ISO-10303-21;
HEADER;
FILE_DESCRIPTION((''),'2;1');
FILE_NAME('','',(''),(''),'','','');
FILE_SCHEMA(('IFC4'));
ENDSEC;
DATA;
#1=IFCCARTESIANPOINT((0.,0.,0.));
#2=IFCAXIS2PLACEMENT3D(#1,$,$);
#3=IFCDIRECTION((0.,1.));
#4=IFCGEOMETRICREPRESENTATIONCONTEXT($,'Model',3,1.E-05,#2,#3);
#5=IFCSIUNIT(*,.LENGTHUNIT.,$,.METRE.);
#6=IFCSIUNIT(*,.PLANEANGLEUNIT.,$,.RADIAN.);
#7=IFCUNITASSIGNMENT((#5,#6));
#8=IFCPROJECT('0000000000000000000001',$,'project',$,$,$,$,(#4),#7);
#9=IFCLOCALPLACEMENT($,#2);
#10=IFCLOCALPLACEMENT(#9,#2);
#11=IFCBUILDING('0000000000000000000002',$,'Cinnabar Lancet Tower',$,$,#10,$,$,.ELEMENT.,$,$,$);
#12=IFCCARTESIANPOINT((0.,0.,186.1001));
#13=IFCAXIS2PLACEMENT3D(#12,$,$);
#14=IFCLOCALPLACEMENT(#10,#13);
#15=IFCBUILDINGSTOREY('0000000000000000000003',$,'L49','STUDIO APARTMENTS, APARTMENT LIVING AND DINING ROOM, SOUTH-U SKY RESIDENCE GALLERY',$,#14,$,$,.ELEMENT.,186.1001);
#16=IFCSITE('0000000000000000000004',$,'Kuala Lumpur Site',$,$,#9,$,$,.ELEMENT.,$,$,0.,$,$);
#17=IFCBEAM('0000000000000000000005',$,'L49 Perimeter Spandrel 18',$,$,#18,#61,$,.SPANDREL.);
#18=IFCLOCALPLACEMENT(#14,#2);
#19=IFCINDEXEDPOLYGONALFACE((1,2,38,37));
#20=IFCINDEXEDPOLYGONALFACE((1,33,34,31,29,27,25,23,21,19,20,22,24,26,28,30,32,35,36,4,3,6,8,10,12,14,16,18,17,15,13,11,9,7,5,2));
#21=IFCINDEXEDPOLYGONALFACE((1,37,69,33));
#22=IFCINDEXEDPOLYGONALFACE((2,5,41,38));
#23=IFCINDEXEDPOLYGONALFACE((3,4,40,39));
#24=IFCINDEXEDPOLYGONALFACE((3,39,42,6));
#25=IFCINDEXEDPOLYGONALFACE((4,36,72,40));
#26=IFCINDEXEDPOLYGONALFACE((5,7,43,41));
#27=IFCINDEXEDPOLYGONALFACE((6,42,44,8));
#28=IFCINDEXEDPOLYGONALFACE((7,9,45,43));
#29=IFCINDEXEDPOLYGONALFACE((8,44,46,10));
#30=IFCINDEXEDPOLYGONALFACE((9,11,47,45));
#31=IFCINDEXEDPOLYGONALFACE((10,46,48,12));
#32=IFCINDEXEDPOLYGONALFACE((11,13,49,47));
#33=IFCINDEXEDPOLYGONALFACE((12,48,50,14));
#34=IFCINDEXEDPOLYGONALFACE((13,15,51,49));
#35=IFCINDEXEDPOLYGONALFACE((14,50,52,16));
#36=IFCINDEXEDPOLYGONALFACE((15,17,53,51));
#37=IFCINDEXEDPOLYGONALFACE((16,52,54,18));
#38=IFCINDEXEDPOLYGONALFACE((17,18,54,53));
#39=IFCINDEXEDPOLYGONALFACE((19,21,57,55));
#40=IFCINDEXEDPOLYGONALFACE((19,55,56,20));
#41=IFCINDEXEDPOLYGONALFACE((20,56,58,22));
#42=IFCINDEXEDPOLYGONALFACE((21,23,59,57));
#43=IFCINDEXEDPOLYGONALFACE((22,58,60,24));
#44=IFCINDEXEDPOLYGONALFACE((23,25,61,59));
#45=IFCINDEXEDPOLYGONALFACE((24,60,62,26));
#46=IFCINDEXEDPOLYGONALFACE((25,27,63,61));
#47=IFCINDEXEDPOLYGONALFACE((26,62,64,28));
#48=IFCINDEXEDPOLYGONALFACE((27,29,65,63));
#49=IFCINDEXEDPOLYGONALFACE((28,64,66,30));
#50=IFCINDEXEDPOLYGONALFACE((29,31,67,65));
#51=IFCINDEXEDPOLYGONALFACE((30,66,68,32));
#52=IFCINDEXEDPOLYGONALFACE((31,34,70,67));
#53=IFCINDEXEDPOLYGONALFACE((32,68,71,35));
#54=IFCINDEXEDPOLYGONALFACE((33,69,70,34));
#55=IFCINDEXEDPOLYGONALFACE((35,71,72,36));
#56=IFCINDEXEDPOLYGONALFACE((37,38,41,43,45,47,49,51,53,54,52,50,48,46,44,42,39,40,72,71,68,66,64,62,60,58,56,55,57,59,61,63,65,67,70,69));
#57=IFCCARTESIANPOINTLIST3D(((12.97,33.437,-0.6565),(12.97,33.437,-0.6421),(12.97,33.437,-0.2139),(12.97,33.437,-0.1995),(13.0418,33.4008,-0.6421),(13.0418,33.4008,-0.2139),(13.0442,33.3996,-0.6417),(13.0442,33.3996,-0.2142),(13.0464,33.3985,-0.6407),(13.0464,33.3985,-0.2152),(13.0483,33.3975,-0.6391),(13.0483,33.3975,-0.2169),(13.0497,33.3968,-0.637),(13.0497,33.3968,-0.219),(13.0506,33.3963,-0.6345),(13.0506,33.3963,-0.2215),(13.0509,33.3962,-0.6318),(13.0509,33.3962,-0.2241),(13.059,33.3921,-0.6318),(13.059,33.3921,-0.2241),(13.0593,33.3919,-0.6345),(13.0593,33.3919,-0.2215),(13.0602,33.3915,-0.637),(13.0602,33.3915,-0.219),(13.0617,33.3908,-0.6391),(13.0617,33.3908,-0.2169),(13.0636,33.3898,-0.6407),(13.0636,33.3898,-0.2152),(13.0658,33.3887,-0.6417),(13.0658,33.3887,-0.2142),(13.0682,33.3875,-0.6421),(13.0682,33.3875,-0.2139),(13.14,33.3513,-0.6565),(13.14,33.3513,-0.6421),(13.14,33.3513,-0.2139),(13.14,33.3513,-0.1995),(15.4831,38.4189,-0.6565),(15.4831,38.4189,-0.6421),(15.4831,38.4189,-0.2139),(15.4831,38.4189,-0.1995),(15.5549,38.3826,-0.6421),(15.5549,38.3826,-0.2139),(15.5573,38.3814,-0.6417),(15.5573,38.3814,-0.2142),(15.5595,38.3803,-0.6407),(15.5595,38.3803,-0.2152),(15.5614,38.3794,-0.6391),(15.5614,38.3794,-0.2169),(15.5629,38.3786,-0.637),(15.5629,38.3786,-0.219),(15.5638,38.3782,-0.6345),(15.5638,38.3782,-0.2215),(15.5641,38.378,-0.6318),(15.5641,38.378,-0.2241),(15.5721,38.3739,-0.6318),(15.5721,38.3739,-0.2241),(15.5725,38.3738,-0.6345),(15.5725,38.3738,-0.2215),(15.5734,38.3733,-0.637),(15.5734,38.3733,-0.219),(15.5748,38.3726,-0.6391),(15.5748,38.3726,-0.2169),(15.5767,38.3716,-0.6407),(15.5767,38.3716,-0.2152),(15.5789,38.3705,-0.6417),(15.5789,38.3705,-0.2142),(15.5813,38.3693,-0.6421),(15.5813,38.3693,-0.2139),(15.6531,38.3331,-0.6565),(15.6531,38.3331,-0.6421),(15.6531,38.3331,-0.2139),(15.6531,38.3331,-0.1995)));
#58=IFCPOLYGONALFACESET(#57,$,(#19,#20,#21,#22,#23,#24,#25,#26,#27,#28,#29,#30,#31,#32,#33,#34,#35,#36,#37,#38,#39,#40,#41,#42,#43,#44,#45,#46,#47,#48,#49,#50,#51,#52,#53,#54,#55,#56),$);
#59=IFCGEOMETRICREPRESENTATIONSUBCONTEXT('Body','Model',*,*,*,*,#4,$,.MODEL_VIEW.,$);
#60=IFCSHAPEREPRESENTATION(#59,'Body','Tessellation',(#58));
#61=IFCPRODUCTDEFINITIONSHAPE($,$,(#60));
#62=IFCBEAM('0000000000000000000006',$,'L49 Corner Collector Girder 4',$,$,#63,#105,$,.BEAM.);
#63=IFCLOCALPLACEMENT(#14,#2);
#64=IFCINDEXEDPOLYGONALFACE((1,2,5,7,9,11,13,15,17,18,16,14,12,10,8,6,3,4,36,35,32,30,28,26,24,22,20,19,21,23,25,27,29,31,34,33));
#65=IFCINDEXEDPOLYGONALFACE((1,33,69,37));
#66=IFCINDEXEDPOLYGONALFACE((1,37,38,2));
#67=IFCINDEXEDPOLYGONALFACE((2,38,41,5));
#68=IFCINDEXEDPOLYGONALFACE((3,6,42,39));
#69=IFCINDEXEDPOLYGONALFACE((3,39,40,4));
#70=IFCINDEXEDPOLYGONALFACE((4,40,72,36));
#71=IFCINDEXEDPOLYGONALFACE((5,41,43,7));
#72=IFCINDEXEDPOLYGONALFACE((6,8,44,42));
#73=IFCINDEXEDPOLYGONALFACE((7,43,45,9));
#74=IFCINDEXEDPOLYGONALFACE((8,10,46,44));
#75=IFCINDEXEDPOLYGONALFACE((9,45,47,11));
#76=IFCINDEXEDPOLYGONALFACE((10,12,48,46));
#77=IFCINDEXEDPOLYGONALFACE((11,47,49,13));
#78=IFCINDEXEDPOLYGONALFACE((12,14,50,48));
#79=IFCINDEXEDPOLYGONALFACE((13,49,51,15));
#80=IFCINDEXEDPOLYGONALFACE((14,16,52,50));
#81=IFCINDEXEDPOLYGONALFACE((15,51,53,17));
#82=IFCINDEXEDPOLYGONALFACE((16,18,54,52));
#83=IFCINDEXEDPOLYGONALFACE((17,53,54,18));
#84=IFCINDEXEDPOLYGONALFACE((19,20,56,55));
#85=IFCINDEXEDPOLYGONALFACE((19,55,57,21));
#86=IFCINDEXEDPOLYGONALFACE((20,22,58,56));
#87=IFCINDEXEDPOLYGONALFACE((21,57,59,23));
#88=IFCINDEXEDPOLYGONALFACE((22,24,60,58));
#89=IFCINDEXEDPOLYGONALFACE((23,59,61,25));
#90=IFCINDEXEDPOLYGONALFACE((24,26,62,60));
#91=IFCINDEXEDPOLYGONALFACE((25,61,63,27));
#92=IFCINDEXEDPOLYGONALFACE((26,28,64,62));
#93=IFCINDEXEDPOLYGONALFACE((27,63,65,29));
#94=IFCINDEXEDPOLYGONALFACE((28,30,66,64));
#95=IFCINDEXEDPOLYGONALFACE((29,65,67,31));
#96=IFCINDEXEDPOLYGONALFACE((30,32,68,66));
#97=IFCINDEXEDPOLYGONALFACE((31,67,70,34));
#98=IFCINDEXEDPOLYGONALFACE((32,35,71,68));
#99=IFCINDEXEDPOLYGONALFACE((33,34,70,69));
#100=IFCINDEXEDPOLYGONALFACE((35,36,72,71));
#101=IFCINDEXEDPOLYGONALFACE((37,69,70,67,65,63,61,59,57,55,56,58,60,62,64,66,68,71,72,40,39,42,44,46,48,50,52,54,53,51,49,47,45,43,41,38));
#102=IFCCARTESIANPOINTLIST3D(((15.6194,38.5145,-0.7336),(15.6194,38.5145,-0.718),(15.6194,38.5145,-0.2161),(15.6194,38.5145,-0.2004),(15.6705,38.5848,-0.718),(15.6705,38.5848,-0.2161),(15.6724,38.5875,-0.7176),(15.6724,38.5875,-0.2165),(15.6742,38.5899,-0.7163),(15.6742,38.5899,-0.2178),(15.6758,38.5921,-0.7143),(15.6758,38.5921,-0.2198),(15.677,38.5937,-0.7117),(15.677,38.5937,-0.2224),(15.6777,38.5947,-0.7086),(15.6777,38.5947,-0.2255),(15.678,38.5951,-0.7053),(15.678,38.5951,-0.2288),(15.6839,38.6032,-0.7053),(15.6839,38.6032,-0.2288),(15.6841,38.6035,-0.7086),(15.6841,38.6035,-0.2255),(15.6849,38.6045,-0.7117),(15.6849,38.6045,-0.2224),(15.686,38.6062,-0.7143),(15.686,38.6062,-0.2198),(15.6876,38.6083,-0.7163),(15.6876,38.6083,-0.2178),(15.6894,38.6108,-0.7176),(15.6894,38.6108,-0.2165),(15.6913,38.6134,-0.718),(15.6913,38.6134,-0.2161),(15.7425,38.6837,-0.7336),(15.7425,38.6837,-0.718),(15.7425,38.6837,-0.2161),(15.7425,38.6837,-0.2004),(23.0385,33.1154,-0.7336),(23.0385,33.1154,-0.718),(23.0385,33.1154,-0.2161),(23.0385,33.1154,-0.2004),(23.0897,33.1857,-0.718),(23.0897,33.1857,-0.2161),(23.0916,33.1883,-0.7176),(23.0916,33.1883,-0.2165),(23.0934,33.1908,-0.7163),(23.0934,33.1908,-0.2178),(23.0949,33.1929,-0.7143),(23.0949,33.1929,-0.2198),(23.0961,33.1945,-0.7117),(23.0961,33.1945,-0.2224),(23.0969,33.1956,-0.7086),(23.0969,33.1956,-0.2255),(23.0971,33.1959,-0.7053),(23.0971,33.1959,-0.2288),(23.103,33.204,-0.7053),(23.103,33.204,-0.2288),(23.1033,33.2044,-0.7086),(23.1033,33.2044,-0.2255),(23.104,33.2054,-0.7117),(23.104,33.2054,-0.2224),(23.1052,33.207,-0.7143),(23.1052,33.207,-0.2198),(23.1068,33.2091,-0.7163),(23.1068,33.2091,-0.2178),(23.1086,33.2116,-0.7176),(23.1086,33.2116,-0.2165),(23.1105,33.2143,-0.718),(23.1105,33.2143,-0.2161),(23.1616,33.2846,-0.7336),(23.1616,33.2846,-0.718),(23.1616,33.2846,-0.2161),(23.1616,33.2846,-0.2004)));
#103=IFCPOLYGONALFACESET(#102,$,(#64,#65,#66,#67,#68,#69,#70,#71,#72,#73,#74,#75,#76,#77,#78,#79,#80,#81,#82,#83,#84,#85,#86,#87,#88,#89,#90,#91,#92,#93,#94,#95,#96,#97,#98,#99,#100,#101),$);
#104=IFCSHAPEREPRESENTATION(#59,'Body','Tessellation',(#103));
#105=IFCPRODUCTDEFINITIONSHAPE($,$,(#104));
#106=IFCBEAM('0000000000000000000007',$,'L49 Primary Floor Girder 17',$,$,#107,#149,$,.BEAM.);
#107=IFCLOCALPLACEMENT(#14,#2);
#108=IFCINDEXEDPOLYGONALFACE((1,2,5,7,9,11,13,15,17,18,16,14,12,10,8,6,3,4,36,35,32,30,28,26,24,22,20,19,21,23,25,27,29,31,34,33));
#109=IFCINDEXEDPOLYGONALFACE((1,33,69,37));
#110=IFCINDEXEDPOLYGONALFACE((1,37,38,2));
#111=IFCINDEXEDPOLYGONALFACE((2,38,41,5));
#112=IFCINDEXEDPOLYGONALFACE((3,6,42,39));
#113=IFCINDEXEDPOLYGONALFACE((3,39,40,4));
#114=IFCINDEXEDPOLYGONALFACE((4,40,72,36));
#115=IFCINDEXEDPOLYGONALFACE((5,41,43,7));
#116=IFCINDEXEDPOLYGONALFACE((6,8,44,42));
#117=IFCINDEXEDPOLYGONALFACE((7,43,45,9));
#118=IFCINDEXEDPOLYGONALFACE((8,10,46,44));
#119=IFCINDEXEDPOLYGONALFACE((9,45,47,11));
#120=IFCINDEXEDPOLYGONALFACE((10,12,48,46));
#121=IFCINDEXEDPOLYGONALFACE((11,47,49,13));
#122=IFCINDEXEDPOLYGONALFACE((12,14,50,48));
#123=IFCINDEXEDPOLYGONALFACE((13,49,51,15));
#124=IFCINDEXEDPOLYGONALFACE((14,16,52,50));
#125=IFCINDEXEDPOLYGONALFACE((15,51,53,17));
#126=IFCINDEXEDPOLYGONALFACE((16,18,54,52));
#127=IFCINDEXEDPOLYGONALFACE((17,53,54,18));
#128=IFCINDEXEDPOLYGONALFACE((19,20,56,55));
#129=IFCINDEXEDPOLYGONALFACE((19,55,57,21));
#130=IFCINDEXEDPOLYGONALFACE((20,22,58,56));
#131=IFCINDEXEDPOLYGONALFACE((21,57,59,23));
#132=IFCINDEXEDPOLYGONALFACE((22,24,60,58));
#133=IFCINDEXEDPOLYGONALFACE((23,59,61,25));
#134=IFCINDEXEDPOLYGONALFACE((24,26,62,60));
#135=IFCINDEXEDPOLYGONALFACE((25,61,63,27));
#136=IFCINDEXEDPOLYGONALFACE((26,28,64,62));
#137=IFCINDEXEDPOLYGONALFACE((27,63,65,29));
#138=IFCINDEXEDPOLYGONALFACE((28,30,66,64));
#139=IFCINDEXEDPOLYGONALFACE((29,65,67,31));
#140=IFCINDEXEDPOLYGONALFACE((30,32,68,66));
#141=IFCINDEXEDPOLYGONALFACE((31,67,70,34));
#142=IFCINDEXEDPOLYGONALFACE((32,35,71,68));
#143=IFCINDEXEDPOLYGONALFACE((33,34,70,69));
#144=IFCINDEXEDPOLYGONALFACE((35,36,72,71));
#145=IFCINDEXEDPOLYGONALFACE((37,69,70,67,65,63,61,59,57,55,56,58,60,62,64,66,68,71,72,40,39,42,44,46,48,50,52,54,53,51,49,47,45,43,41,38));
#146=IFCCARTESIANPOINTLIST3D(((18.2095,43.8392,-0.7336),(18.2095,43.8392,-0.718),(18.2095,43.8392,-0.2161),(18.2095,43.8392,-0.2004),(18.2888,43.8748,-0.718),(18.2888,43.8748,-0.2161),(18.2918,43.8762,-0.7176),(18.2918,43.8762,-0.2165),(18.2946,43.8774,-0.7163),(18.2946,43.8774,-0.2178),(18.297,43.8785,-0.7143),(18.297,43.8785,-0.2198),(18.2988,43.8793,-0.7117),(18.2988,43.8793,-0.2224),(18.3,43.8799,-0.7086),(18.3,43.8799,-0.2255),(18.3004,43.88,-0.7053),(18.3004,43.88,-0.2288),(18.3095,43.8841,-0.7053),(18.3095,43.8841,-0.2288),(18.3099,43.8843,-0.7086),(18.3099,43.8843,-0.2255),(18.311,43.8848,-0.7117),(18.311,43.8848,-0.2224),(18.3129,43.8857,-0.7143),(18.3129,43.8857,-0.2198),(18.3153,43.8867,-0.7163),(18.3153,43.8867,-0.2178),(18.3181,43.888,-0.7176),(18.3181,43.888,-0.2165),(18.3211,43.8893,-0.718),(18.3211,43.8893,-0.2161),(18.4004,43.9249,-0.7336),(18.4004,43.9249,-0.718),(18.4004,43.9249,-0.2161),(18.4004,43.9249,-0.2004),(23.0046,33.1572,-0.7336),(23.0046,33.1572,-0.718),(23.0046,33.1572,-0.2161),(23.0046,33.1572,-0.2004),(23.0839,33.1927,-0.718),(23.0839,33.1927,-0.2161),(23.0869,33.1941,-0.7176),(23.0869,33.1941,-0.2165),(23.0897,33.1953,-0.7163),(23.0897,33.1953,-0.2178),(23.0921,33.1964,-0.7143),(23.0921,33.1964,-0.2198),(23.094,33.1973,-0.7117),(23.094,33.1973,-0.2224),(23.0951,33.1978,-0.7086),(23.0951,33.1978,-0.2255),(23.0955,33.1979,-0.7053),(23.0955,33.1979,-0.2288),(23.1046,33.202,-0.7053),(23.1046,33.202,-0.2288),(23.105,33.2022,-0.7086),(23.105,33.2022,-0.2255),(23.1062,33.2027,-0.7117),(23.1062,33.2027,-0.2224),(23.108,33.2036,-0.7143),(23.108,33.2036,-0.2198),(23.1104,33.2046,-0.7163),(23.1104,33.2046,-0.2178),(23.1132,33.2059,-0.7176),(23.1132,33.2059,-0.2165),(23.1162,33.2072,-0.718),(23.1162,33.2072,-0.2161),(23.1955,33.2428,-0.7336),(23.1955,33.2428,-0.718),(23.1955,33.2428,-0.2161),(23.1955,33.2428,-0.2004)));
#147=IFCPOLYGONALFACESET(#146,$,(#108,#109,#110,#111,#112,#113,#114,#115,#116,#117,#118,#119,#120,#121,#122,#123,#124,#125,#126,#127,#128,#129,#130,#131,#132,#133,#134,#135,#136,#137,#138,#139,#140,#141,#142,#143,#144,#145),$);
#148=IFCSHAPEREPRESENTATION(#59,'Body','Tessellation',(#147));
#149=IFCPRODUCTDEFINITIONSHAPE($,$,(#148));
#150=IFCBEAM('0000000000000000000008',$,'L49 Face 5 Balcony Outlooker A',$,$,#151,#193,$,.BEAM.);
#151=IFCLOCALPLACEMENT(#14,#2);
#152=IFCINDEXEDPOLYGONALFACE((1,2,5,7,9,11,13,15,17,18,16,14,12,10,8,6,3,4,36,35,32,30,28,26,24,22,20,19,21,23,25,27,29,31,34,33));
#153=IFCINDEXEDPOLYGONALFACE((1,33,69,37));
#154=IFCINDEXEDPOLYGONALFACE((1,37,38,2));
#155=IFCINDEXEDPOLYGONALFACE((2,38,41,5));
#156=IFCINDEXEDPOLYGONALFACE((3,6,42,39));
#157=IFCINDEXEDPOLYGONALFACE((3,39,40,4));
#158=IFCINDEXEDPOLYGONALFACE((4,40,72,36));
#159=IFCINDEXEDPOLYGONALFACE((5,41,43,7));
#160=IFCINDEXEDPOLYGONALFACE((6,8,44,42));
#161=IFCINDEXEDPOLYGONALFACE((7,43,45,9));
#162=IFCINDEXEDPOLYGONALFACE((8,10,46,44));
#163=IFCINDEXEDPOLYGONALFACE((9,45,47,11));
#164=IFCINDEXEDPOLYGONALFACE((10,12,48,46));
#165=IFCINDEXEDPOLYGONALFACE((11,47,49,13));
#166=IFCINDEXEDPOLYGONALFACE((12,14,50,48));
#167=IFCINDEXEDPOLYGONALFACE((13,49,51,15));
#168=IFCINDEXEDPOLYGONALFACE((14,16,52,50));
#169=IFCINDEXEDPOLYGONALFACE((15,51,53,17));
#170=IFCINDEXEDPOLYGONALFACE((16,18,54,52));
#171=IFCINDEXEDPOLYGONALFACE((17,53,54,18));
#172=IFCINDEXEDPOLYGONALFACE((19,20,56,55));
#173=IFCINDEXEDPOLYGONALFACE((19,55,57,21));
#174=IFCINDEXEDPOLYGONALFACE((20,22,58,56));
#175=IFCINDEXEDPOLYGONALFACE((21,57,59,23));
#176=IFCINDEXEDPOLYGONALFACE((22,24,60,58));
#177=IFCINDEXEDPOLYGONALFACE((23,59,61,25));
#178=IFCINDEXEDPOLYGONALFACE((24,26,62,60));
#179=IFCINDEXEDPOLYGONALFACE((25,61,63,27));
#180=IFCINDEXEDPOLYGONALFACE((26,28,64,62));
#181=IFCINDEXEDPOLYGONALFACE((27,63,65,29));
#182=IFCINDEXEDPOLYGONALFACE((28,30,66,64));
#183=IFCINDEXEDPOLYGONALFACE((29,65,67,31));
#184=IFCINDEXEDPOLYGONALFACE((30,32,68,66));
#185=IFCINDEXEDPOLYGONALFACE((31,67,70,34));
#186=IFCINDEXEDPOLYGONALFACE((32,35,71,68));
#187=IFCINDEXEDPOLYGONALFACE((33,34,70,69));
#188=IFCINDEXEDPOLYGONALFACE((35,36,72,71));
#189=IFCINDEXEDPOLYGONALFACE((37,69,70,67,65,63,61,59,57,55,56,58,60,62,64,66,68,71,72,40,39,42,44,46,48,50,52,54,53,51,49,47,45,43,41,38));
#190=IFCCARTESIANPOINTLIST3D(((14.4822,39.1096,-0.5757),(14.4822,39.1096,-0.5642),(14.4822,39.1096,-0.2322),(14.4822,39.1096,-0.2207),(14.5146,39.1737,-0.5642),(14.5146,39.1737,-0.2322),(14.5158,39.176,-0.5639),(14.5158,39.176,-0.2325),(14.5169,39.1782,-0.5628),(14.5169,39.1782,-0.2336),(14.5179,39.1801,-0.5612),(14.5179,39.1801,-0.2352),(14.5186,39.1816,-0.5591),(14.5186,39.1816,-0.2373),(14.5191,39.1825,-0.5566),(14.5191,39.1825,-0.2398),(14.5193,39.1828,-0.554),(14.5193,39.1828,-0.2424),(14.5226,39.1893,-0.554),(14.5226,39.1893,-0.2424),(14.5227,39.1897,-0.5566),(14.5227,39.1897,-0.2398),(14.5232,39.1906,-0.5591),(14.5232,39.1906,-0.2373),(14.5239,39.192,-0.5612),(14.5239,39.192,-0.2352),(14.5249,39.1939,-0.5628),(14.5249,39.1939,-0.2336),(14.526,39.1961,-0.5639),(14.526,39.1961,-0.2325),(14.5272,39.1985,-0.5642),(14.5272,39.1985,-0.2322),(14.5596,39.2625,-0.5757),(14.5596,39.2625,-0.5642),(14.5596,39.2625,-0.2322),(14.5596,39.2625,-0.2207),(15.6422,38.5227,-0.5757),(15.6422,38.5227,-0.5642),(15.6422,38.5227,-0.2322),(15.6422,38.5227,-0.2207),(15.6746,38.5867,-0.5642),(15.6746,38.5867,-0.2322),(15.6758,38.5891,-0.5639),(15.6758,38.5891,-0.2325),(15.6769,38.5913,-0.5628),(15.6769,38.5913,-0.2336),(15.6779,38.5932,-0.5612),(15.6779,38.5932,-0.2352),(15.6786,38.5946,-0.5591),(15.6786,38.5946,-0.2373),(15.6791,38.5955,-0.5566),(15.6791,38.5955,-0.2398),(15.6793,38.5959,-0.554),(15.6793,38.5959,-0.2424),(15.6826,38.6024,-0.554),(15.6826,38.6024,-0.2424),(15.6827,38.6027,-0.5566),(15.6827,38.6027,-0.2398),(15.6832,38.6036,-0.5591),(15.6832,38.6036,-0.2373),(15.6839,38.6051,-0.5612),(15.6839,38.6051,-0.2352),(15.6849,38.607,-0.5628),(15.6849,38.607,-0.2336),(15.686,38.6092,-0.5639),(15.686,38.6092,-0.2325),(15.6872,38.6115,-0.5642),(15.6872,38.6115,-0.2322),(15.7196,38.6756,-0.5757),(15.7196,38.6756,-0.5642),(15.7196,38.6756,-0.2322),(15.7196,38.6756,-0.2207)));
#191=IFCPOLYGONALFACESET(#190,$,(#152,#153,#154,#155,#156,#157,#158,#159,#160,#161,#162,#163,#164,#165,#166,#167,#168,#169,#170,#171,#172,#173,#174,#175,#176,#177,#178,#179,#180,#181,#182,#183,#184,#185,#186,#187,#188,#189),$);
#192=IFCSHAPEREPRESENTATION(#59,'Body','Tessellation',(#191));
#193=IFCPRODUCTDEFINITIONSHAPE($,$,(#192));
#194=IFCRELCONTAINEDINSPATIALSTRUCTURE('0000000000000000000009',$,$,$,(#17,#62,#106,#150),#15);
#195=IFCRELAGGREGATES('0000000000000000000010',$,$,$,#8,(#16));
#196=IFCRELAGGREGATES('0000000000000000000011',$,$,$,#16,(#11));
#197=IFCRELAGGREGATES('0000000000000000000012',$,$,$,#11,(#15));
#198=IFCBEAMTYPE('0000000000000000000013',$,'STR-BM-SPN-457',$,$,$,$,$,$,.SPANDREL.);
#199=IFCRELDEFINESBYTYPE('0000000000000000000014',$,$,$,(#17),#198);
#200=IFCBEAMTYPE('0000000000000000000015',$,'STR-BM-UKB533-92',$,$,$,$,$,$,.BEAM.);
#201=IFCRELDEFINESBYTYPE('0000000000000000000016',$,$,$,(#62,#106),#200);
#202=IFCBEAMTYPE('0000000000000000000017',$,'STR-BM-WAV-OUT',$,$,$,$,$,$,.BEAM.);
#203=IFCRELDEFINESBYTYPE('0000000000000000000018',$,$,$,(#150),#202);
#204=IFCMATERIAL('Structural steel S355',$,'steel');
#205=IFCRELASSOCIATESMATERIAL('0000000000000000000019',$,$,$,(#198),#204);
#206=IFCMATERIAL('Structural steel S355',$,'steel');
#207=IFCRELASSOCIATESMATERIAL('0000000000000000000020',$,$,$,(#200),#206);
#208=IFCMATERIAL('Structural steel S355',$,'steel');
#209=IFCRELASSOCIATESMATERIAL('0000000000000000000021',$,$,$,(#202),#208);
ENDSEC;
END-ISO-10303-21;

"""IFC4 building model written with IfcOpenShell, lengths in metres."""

from ifc_helpers import new_model, si_unit, direction, frame, origin, origin_2d, place, context, subcontext, project, spatial, i_section, extrude, material, material_profile, profile_set, type_object, element, save


model = new_model("IFC4")

# Units and contexts
model_context = context("Model", 3, precision=1e-05, world=origin(), true_north=direction((0.0, 1.0)))
body_context = subcontext(model_context, "Body", "Model", "MODEL_VIEW")
ifc_project = project(units=[si_unit("LENGTHUNIT", "METRE"), si_unit("PLANEANGLEUNIT", "RADIAN")], contexts=[model_context])

# Site, building, storey
site_placement = place(None, origin())
site = spatial("IfcSite", under=ifc_project, at=site_placement, Name="Kuala Lumpur Site", CompositionType="ELEMENT", RefElevation=0.0)
building_placement = place(site_placement, origin())
building = spatial("IfcBuilding", under=site, at=building_placement, Name="Cinnabar Lancet Tower", CompositionType="ELEMENT")
storey_placement = place(building_placement, frame((0.0, 0.0, 186.1001)))
storey = spatial("IfcBuildingStorey", under=building, at=storey_placement, Name="L49", Description="STUDIO APARTMENTS, APARTMENT LIVING AND DINING ROOM, SOUTH-U SKY RESIDENCE GALLERY", CompositionType="ELEMENT", Elevation=186.1001)

# Beams
ifc_material_1 = material(Name="Structural steel S355", Category="steel")
ifc_material_profile_1 = material_profile(ifc_material_1, i_section(OverallWidth=0.1904, OverallDepth=0.457, WebThickness=0.009, FlangeThickness=0.0144, FilletRadius=0.0103, at=origin_2d()), Name="UKB 457x191x74")
ifc_profile_set_1 = profile_set([ifc_material_profile_1], Name="Structural steel S355")
beam_type_1 = type_object("IfcBeamType", Name="STR-BM-SPN-457", PredefinedType="SPANDREL", material=ifc_profile_set_1)
beam_1_placement = place(storey_placement, frame((15.5681, 38.376, -0.428), z_axis=(-0.450396, -0.892829, 0.0), x_axis=(0.892829, -0.450396, 0.0)))
element("IfcBeam", 1, at=beam_1_placement, inside=storey, type_object=beam_type_1, Name="L49 Perimeter Spandrel 18", PredefinedType="SPANDREL", context=body_context, shape_type="SweptSolid", body=[
    extrude(i_section(OverallWidth=0.1904, OverallDepth=0.457, WebThickness=0.009, FlangeThickness=0.0144, FilletRadius=0.0103, at=origin_2d()), origin(), (0.0, 0.0, 1.0), 5.5798),
])
ifc_material_2 = material(Name="Structural steel S355", Category="steel")
ifc_material_profile_2 = material_profile(ifc_material_2, i_section(OverallWidth=0.2092, OverallDepth=0.5332, WebThickness=0.01, FlangeThickness=0.0156, FilletRadius=0.0127, at=origin_2d()), Name="UKB 533x210x92")
ifc_profile_set_2 = profile_set([ifc_material_profile_2], Name="Structural steel S355")
beam_type_2 = type_object("IfcBeamType", Name="STR-BM-UKB533-92", PredefinedType="BEAM", material=ifc_profile_set_2)
beam_2_placement = place(storey_placement, frame((15.6809, 38.5991, -0.467), z_axis=(0.80856, -0.588414, 0.0), x_axis=(0.588414, 0.80856, 0.0)))
element("IfcBeam", 2, at=beam_2_placement, inside=storey, type_object=beam_type_2, Name="L49 Corner Collector Girder 4", PredefinedType="BEAM", context=body_context, shape_type="SweptSolid", body=[
    extrude(i_section(OverallWidth=0.2092, OverallDepth=0.5332, WebThickness=0.01, FlangeThickness=0.0156, FilletRadius=0.0127, at=origin_2d()), origin(), (0.0, 0.0, 1.0), 9.1758),
])
beam_3_placement = place(storey_placement, frame((18.3049, 43.8821, -0.467), z_axis=(0.409527, -0.912298, 0.0), x_axis=(0.912298, 0.409527, 0.0)))
element("IfcBeam", 3, at=beam_3_placement, inside=storey, type_object=beam_type_2, Name="L49 Primary Floor Girder 17", PredefinedType="BEAM", context=body_context, shape_type="SweptSolid", body=[
    extrude(i_section(OverallWidth=0.2092, OverallDepth=0.5332, WebThickness=0.01, FlangeThickness=0.0156, FilletRadius=0.0127, at=origin_2d()), origin(), (0.0, 0.0, 1.0), 11.709),
])
ifc_material_3 = material(Name="Structural steel S355", Category="steel")
ifc_material_profile_3 = material_profile(ifc_material_3, i_section(OverallWidth=0.1714, OverallDepth=0.355, WebThickness=0.0073, FlangeThickness=0.0115, FilletRadius=0.0103, at=origin_2d()), Name="UKB 356x171x51")
ifc_profile_set_3 = profile_set([ifc_material_profile_3], Name="Structural steel S355")
beam_type_3 = type_object("IfcBeamType", Name="STR-BM-WAV-OUT", PredefinedType="BEAM", material=ifc_profile_set_3)
beam_4_placement = place(storey_placement, frame((15.6809, 38.5991, -0.3982), z_axis=(-0.892276, 0.45149, 0.0), x_axis=(-0.45149, -0.892276, 0.0)))
element("IfcBeam", 4, at=beam_4_placement, inside=storey, type_object=beam_type_3, Name="L49 Face 5 Balcony Outlooker A", PredefinedType="BEAM", context=body_context, shape_type="SweptSolid", body=[
    extrude(i_section(OverallWidth=0.1714, OverallDepth=0.355, WebThickness=0.0073, FlangeThickness=0.0115, FilletRadius=0.0103, at=origin_2d()), origin(), (0.0, 0.0, 1.0), 1.3),
])

save(model, "model.ifc")
